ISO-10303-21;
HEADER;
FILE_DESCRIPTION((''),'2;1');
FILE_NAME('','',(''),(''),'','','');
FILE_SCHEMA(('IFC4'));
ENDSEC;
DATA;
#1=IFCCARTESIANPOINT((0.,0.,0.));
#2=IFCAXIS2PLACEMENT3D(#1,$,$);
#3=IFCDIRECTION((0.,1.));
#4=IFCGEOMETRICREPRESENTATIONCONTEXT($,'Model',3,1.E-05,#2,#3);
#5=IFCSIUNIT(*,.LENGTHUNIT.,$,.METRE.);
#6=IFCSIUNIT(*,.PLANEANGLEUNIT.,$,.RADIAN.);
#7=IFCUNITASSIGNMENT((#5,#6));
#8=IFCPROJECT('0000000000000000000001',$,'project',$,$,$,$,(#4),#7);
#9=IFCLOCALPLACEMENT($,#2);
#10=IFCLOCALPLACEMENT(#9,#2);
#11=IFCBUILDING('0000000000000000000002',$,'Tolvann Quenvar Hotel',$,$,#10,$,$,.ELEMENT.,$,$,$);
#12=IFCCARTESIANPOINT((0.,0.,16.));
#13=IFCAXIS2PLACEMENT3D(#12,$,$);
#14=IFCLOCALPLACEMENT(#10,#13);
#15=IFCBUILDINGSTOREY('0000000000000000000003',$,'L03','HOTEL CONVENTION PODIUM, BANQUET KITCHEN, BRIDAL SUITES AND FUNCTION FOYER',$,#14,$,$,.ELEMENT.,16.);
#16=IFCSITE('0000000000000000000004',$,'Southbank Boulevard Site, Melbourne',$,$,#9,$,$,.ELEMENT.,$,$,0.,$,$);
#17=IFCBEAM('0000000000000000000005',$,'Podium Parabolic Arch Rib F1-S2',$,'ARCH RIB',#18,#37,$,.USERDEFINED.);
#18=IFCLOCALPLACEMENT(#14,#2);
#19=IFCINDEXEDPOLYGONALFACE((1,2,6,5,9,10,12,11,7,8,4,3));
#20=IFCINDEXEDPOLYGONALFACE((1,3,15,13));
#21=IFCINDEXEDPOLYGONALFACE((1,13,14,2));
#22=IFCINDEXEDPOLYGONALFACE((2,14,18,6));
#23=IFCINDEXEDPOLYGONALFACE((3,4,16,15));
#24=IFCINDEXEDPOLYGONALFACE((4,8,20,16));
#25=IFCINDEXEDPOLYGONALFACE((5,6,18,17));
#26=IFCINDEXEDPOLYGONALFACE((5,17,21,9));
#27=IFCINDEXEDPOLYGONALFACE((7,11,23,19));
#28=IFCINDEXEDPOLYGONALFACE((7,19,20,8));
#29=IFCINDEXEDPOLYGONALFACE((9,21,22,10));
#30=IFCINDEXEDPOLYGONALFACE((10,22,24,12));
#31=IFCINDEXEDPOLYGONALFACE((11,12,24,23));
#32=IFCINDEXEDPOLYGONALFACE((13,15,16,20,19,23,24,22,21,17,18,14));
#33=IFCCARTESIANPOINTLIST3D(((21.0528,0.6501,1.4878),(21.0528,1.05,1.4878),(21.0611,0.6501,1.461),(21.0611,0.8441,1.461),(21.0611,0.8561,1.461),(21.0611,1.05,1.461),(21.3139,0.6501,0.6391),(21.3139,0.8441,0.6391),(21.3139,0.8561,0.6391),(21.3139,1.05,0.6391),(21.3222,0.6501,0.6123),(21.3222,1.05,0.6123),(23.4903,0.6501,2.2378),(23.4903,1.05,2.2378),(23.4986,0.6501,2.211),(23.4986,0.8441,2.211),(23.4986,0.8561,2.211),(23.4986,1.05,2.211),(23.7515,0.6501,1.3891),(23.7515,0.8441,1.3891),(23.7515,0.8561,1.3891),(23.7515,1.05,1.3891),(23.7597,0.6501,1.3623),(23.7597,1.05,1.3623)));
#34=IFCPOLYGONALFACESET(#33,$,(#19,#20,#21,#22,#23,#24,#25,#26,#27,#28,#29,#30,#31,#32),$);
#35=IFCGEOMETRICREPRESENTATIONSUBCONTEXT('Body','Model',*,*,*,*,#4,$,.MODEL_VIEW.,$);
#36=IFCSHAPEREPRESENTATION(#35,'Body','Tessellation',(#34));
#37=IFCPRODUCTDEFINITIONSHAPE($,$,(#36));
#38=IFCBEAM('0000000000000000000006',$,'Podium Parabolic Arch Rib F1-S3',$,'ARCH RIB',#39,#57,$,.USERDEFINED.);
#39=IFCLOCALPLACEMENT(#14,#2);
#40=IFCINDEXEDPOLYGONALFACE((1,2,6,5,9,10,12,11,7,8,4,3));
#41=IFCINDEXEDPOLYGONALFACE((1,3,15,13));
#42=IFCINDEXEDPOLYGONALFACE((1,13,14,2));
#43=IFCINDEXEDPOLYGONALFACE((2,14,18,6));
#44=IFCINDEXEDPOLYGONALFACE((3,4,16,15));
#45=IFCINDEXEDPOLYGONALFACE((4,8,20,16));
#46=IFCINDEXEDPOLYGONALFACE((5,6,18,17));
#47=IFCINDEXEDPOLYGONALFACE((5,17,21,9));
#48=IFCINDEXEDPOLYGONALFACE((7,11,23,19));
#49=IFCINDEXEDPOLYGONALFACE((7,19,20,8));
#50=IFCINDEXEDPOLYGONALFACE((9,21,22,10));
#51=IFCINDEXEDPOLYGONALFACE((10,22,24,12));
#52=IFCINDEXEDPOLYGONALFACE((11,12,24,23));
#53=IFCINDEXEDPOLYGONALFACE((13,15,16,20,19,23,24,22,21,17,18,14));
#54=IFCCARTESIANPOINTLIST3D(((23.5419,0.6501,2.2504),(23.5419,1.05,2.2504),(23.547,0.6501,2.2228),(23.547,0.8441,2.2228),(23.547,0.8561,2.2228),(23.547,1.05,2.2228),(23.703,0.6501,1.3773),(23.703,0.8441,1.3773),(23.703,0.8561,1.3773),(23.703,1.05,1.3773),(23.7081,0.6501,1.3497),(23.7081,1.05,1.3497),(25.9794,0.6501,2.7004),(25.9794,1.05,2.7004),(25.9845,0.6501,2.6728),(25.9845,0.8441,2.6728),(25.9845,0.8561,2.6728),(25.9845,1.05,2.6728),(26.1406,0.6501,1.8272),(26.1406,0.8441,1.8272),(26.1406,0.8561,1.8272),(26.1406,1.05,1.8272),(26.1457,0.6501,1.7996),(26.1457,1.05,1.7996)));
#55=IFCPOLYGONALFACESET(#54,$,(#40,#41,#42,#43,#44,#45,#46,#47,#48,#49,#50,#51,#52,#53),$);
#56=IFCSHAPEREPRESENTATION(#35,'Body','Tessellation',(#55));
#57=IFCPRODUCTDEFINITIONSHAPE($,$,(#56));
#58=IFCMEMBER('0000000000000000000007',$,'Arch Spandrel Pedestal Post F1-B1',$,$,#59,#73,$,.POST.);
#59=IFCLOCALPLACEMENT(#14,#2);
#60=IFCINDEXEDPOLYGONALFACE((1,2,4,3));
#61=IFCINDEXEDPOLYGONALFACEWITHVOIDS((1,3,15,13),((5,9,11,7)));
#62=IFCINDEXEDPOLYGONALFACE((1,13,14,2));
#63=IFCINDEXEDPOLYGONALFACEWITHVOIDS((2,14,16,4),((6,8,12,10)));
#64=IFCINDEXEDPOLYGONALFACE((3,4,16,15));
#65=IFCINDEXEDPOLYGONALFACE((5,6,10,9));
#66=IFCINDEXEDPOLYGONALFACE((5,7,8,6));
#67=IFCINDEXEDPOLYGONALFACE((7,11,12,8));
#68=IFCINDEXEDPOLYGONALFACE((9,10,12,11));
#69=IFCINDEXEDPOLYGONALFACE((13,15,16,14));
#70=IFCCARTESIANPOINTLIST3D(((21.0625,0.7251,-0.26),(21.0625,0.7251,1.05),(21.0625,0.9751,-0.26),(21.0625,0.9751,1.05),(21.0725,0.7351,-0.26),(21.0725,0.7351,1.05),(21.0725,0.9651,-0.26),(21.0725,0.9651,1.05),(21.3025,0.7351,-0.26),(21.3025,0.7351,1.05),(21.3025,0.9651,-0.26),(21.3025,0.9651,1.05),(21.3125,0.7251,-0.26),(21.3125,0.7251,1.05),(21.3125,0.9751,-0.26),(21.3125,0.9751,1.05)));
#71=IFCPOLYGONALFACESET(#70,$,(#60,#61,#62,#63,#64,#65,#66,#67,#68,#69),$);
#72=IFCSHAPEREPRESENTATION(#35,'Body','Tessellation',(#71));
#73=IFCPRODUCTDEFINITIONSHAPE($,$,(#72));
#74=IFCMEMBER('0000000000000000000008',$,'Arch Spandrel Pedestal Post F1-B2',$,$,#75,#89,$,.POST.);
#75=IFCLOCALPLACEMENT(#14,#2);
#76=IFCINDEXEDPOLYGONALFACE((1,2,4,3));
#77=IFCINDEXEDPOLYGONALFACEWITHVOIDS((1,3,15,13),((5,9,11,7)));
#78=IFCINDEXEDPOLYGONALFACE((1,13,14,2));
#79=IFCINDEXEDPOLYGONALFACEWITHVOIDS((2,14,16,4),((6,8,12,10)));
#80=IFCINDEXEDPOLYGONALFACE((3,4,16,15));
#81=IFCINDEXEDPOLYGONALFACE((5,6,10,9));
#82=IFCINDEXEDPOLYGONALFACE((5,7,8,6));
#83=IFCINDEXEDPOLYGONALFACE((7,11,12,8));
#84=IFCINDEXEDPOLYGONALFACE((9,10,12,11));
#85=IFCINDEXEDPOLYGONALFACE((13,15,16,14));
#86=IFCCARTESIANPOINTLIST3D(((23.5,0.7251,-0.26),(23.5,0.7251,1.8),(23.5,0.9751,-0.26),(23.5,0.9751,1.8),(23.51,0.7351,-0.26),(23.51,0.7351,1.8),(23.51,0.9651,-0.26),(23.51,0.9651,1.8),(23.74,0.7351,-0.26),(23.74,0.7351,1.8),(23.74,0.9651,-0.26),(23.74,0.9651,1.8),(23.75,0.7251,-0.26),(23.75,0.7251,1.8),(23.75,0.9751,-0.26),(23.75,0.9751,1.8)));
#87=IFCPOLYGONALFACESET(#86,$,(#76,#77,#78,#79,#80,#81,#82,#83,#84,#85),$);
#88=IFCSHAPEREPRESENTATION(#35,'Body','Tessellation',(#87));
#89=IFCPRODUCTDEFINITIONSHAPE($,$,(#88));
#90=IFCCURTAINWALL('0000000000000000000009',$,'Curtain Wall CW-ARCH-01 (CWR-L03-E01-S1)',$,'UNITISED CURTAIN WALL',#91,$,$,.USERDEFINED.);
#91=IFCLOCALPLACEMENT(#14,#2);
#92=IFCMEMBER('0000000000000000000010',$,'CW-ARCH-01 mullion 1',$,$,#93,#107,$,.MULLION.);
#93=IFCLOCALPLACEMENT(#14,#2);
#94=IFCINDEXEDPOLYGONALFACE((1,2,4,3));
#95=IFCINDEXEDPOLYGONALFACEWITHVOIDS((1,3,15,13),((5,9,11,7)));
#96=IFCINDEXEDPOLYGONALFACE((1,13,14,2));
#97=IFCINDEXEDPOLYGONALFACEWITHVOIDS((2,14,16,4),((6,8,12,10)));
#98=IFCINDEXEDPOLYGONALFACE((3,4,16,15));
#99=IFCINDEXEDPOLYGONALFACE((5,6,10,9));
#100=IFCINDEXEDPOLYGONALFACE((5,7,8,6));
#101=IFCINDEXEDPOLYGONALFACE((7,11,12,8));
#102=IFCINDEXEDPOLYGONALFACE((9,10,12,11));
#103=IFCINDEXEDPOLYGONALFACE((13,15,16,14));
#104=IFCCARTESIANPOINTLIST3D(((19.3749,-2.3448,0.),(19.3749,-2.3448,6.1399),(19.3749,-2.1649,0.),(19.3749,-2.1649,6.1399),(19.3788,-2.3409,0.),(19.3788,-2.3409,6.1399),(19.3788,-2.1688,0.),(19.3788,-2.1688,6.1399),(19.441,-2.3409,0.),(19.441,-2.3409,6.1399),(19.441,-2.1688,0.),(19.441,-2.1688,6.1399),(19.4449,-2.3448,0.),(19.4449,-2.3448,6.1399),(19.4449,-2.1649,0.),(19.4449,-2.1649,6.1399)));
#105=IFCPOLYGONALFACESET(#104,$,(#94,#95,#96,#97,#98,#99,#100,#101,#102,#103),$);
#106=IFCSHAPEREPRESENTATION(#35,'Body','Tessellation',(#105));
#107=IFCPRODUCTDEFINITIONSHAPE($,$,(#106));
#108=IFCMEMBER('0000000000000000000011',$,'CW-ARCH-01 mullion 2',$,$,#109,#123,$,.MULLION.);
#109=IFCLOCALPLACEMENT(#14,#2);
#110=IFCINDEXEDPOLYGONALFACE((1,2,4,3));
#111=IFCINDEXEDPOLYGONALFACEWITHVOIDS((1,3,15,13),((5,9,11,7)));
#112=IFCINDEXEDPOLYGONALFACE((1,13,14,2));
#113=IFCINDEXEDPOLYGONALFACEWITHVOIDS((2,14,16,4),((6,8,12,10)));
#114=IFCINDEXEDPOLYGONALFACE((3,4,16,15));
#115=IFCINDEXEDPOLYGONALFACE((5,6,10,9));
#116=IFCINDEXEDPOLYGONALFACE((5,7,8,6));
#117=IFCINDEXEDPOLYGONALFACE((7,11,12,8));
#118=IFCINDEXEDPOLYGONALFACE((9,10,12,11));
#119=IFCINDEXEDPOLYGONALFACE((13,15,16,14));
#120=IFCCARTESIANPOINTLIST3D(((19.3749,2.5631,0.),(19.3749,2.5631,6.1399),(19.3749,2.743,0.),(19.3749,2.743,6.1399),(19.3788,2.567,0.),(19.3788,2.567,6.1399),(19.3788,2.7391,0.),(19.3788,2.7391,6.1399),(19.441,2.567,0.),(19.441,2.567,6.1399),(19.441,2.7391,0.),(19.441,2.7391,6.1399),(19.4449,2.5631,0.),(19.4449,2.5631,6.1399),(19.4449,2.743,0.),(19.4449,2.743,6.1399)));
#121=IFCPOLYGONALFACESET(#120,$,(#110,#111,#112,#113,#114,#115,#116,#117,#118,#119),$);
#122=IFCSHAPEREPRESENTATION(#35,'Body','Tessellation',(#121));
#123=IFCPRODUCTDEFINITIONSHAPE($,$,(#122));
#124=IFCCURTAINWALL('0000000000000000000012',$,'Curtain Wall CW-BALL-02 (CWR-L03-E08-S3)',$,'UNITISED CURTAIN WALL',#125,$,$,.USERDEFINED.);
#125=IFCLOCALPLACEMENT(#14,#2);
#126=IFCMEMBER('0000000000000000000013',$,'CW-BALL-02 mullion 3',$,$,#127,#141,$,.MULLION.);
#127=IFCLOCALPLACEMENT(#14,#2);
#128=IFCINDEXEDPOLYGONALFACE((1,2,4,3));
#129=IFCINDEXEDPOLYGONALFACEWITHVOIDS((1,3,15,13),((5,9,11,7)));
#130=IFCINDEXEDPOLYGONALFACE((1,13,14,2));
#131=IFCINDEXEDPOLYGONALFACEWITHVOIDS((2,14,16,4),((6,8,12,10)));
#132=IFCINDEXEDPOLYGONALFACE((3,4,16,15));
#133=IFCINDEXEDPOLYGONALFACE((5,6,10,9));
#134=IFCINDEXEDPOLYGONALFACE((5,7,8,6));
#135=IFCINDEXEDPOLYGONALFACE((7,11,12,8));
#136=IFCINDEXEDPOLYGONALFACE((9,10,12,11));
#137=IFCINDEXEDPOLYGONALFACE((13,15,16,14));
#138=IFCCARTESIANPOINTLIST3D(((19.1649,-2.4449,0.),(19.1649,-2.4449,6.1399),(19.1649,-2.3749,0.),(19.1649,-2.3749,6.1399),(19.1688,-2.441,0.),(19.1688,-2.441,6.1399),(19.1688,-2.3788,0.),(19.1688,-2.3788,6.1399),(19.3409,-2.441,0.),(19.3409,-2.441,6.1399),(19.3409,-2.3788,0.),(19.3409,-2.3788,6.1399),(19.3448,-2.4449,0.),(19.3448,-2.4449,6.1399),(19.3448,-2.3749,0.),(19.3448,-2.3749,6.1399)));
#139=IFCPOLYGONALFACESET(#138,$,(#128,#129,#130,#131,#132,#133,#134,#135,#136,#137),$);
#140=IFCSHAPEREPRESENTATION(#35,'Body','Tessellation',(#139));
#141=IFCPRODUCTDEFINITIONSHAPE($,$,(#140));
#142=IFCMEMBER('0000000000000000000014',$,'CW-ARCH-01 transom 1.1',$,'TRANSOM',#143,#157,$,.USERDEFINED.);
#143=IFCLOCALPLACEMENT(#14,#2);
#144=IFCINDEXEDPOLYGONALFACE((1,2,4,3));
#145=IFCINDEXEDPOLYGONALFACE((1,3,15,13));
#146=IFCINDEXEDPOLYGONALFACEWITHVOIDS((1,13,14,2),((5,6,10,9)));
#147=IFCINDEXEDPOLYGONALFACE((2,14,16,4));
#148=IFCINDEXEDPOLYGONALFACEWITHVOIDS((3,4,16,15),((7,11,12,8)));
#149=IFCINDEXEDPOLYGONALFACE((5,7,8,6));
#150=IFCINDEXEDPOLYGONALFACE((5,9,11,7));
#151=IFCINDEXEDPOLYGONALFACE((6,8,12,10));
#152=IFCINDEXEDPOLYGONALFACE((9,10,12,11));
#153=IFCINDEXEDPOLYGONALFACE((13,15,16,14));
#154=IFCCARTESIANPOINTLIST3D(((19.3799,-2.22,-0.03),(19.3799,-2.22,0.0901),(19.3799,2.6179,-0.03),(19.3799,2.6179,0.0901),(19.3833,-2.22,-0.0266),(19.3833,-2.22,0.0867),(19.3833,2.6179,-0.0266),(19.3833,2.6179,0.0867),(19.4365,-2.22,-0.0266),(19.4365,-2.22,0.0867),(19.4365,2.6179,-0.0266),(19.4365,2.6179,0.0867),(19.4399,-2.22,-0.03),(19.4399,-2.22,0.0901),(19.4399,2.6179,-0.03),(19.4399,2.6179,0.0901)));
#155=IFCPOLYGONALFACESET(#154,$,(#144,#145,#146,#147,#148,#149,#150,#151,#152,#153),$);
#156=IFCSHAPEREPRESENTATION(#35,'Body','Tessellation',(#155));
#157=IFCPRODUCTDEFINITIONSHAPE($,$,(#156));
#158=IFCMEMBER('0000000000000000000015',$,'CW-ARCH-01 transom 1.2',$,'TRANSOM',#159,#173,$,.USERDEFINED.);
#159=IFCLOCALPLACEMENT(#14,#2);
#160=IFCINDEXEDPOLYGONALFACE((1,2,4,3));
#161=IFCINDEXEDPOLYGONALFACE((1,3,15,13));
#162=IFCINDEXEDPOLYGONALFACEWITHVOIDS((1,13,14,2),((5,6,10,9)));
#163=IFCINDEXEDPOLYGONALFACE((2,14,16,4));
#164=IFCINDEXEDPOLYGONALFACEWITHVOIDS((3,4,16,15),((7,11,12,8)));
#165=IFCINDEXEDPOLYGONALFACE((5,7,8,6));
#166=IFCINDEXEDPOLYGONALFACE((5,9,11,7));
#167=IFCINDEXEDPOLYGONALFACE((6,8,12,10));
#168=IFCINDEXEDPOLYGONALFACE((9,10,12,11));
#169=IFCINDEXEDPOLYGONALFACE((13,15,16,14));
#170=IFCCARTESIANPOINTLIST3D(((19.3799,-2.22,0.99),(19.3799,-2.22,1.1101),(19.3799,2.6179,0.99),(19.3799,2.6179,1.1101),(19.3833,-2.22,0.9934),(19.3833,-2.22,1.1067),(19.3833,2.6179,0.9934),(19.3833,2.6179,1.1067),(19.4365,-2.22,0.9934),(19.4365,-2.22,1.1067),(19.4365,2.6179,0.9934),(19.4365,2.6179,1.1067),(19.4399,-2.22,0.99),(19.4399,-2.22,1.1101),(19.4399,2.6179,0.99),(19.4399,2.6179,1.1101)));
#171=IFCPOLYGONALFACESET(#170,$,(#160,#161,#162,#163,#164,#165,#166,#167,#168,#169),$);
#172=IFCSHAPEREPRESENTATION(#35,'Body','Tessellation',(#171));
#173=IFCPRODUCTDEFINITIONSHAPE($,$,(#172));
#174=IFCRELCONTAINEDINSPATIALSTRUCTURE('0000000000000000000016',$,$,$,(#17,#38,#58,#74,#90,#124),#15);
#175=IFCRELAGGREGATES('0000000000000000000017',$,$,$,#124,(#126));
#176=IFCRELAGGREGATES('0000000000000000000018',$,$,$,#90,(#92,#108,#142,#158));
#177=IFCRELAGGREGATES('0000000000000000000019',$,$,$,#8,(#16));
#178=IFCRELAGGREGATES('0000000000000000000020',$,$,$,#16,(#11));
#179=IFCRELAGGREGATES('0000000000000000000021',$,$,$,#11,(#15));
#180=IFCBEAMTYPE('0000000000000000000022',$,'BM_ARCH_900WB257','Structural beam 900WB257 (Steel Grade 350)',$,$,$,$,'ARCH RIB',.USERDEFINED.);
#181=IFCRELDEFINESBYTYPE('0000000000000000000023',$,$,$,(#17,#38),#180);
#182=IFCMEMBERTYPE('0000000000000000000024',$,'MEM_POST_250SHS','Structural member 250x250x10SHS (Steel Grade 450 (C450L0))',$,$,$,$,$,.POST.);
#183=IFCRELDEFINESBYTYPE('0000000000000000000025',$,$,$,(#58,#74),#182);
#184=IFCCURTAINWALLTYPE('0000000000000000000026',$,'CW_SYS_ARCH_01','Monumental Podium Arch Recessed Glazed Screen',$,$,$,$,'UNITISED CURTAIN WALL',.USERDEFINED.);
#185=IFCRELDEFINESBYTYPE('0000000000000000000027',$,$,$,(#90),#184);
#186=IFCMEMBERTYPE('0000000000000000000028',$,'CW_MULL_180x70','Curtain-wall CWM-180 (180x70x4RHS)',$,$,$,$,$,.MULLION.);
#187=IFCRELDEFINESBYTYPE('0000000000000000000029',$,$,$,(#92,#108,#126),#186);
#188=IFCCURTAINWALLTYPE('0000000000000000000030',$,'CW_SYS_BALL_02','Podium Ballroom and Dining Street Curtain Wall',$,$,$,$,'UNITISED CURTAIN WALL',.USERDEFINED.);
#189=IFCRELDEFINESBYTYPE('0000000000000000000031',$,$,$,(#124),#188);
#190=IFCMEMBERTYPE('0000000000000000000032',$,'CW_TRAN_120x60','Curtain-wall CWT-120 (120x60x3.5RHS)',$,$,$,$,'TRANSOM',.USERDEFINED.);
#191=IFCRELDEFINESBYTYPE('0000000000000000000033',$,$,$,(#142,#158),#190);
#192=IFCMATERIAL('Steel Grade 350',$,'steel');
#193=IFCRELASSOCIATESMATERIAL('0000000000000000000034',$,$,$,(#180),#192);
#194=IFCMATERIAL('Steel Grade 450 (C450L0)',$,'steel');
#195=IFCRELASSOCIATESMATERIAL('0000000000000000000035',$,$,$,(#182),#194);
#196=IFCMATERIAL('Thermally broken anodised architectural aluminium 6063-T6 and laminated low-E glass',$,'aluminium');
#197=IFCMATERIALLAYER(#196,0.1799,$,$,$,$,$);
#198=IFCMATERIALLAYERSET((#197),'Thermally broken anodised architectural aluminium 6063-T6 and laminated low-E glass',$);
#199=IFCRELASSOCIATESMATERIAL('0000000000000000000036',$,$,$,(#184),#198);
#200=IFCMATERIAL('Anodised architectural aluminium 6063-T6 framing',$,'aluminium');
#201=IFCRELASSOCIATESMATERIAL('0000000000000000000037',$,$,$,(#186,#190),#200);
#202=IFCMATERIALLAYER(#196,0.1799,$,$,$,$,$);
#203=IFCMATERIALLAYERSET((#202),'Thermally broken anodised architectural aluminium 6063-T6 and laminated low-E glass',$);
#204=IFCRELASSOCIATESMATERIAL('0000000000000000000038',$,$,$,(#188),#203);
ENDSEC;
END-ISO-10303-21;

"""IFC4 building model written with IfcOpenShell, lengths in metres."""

from ifc_helpers import new_model, si_unit, direction, frame, origin, origin_2d, place, context, subcontext, project, spatial, hollow_rectangle, i_section, extrude, source, transform, mapped, material, layer, layer_set, material_profile, profile_set, type_object, type_shapes, element, aggregate, save


model = new_model("IFC4")

# Units and contexts
model_context = context("Model", 3, precision=1e-05, world=origin(), true_north=direction((0.0, 1.0)))
body_context = subcontext(model_context, "Body", "Model", "MODEL_VIEW")
ifc_project = project(units=[si_unit("LENGTHUNIT", "METRE"), si_unit("PLANEANGLEUNIT", "RADIAN")], contexts=[model_context])

# Site, building, storey
site_placement = place(None, origin())
site = spatial("IfcSite", under=ifc_project, at=site_placement, Name="Southbank Boulevard Site, Melbourne", CompositionType="ELEMENT", RefElevation=0.0)
building_placement = place(site_placement, origin())
building = spatial("IfcBuilding", under=site, at=building_placement, Name="Tolvann Quenvar Hotel", CompositionType="ELEMENT")
storey_placement = place(building_placement, frame((0.0, 0.0, 16.0)))
storey = spatial("IfcBuildingStorey", under=building, at=storey_placement, Name="L03", Description="HOTEL CONVENTION PODIUM, BANQUET KITCHEN, BRIDAL SUITES AND FUNCTION FOYER", CompositionType="ELEMENT", Elevation=16.0)

# Beams
ifc_material_1 = material(Name="Steel Grade 350", Category="steel")
ifc_material_profile_1 = material_profile(ifc_material_1, i_section(OverallWidth=0.3999, OverallDepth=0.916, WebThickness=0.012, FlangeThickness=0.0281, at=origin_2d()), Name="900WB257")
ifc_profile_set_1 = profile_set([ifc_material_profile_1], Name="Steel Grade 350")
beam_type = type_object("IfcBeamType", Name="BM_ARCH_900WB257", Description="Structural beam 900WB257 (Steel Grade 350)", ElementType="ARCH RIB", PredefinedType="USERDEFINED", material=ifc_profile_set_1)
shared_shape_1 = source(origin(), body_context, "Body", "SweptSolid", [
    extrude(i_section(OverallWidth=0.3999, OverallDepth=0.916, WebThickness=0.012, FlangeThickness=0.0281, at=origin_2d()), origin(), (0.0, 0.0, 1.0), 2.5503),
])
beam_1_placement = place(storey_placement, frame((21.1875, 0.8501, 1.05), z_axis=(0.955779, 0.0, 0.294086), x_axis=(0.0, 1.0, 0.0)))
element("IfcBeam", 1, at=beam_1_placement, inside=storey, type_object=beam_type, Name="Podium Parabolic Arch Rib F1-S2", ObjectType="ARCH RIB", PredefinedType="USERDEFINED", context=body_context, shape_type="MappedRepresentation", body=[
    mapped(shared_shape_1, transform((0.0, 0.0, 0.0), x_axis=(1.0, 0.0, 0.0), y_axis=(0.0, 1.0, 0.0), z_axis=(0.0, 0.0, 1.0), scale=1.0)),
])
shared_shape_2 = source(origin(), body_context, "Body", "SweptSolid", [
    extrude(i_section(OverallWidth=0.3999, OverallDepth=0.916, WebThickness=0.012, FlangeThickness=0.0281, at=origin_2d()), origin(), (0.0, 0.0, 1.0), 2.4788),
])
type_shapes(beam_type, [shared_shape_1, shared_shape_2])
beam_2_placement = place(storey_placement, frame((23.625, 0.8501, 1.8), z_axis=(0.983386, 0.0, 0.181528), x_axis=(0.0, 1.0, 0.0)))
element("IfcBeam", 2, at=beam_2_placement, inside=storey, type_object=beam_type, Name="Podium Parabolic Arch Rib F1-S3", ObjectType="ARCH RIB", PredefinedType="USERDEFINED", context=body_context, shape_type="MappedRepresentation", body=[
    mapped(shared_shape_2, transform((0.0, 0.0, 0.0), x_axis=(1.0, 0.0, 0.0), y_axis=(0.0, 1.0, 0.0), z_axis=(0.0, 0.0, 1.0), scale=1.0)),
])

# Members
ifc_material_2 = material(Name="Steel Grade 450 (C450L0)", Category="steel")
ifc_material_profile_2 = material_profile(ifc_material_2, hollow_rectangle(XDim=0.25, YDim=0.25, WallThickness=0.01, at=origin_2d()), Name="250x250x10SHS")
ifc_profile_set_2 = profile_set([ifc_material_profile_2], Name="Steel Grade 450 (C450L0)")
member_type_1 = type_object("IfcMemberType", Name="MEM_POST_250SHS", Description="Structural member 250x250x10SHS (Steel Grade 450 (C450L0))", PredefinedType="POST", material=ifc_profile_set_2)
shared_shape_3 = source(origin(), body_context, "Body", "SweptSolid", [
    extrude(hollow_rectangle(XDim=0.25, YDim=0.25, WallThickness=0.01, at=origin_2d()), origin(), (0.0, 0.0, 1.0), 1.3101),
])
member_1_placement = place(storey_placement, frame((21.1875, 0.8501, -0.26), z_axis=(0.0, 0.0, 1.0), x_axis=(1.0, 0.0, 0.0)))
element("IfcMember", 3, at=member_1_placement, inside=storey, type_object=member_type_1, Name="Arch Spandrel Pedestal Post F1-B1", PredefinedType="POST", context=body_context, shape_type="MappedRepresentation", body=[
    mapped(shared_shape_3, transform((0.0, 0.0, 0.0), x_axis=(1.0, 0.0, 0.0), y_axis=(0.0, 1.0, 0.0), z_axis=(0.0, 0.0, 1.0), scale=1.0)),
])
shared_shape_4 = source(origin(), body_context, "Body", "SweptSolid", [
    extrude(hollow_rectangle(XDim=0.25, YDim=0.25, WallThickness=0.01, at=origin_2d()), origin(), (0.0, 0.0, 1.0), 2.0601),
])
type_shapes(member_type_1, [shared_shape_3, shared_shape_4])
member_2_placement = place(storey_placement, frame((23.625, 0.8501, -0.26), z_axis=(0.0, 0.0, 1.0), x_axis=(1.0, 0.0, 0.0)))
element("IfcMember", 4, at=member_2_placement, inside=storey, type_object=member_type_1, Name="Arch Spandrel Pedestal Post F1-B2", PredefinedType="POST", context=body_context, shape_type="MappedRepresentation", body=[
    mapped(shared_shape_4, transform((0.0, 0.0, 0.0), x_axis=(1.0, 0.0, 0.0), y_axis=(0.0, 1.0, 0.0), z_axis=(0.0, 0.0, 1.0), scale=1.0)),
])

# Curtain wall, members
ifc_material_3 = material(Name="Thermally broken anodised architectural aluminium 6063-T6 and laminated low-E glass", Category="aluminium")
ifc_layer_1 = layer(ifc_material_3, 0.1799)
ifc_layer_set_1 = layer_set([ifc_layer_1], Name="Thermally broken anodised architectural aluminium 6063-T6 and laminated low-E glass")
curtain_wall_type_1 = type_object("IfcCurtainWallType", Name="CW_SYS_ARCH_01", Description="Monumental Podium Arch Recessed Glazed Screen", ElementType="UNITISED CURTAIN WALL", PredefinedType="USERDEFINED", material=ifc_layer_set_1)
curtain_wall_1_placement = place(storey_placement, origin())
curtain_wall_1 = element("IfcCurtainWall", 5, at=curtain_wall_1_placement, inside=storey, type_object=curtain_wall_type_1, Name="Curtain Wall CW-ARCH-01 (CWR-L03-E01-S1)", ObjectType="UNITISED CURTAIN WALL", PredefinedType="USERDEFINED")
ifc_material_4 = material(Name="Anodised architectural aluminium 6063-T6 framing", Category="aluminium")
ifc_material_profile_3 = material_profile(ifc_material_4, hollow_rectangle(XDim=0.0701, YDim=0.1799, WallThickness=0.0039, at=origin_2d()), Name="180x70x4RHS")
ifc_profile_set_3 = profile_set([ifc_material_profile_3], Name="Anodised architectural aluminium 6063-T6 framing")
member_type_2 = type_object("IfcMemberType", Name="CW_MULL_180x70", Description="Curtain-wall CWM-180 (180x70x4RHS)", PredefinedType="MULLION", material=ifc_profile_set_3)
shared_shape_5 = source(origin(), body_context, "Body", "SweptSolid", [
    extrude(hollow_rectangle(XDim=0.0701, YDim=0.1799, WallThickness=0.0039, at=origin_2d()), origin(), (0.0, 0.0, 1.0), 6.1399),
])
type_shapes(member_type_2, [shared_shape_5])
member_3_placement = place(storey_placement, frame((19.4099, -2.2549, 0.0), z_axis=(0.0, 0.0, 1.0), x_axis=(-1.0, 0.0, 0.0)))
member_3 = element("IfcMember", 6, at=member_3_placement, type_object=member_type_2, Name="CW-ARCH-01 mullion 1", PredefinedType="MULLION", context=body_context, shape_type="MappedRepresentation", body=[
    mapped(shared_shape_5, transform((0.0, 0.0, 0.0), x_axis=(1.0, 0.0, 0.0), y_axis=(0.0, 1.0, 0.0), z_axis=(0.0, 0.0, 1.0), scale=1.0)),
])
member_4_placement = place(storey_placement, frame((19.4099, 2.6531, 0.0), z_axis=(0.0, 0.0, 1.0), x_axis=(-1.0, 0.0, 0.0)))
member_4 = element("IfcMember", 7, at=member_4_placement, type_object=member_type_2, Name="CW-ARCH-01 mullion 2", PredefinedType="MULLION", context=body_context, shape_type="MappedRepresentation", body=[
    mapped(shared_shape_5, transform((0.0, 0.0, 0.0), x_axis=(1.0, 0.0, 0.0), y_axis=(0.0, 1.0, 0.0), z_axis=(0.0, 0.0, 1.0), scale=1.0)),
])

# Curtain wall, member
ifc_layer_2 = layer(ifc_material_3, 0.1799)
ifc_layer_set_2 = layer_set([ifc_layer_2], Name="Thermally broken anodised architectural aluminium 6063-T6 and laminated low-E glass")
curtain_wall_type_2 = type_object("IfcCurtainWallType", Name="CW_SYS_BALL_02", Description="Podium Ballroom and Dining Street Curtain Wall", ElementType="UNITISED CURTAIN WALL", PredefinedType="USERDEFINED", material=ifc_layer_set_2)
curtain_wall_2_placement = place(storey_placement, origin())
curtain_wall_2 = element("IfcCurtainWall", 8, at=curtain_wall_2_placement, inside=storey, type_object=curtain_wall_type_2, Name="Curtain Wall CW-BALL-02 (CWR-L03-E08-S3)", ObjectType="UNITISED CURTAIN WALL", PredefinedType="USERDEFINED")
member_5_placement = place(storey_placement, frame((19.2549, -2.4099, 0.0), z_axis=(0.0, 0.0, 1.0), x_axis=(0.0, 1.0, 0.0)))
member_5 = element("IfcMember", 9, at=member_5_placement, type_object=member_type_2, Name="CW-BALL-02 mullion 3", PredefinedType="MULLION", context=body_context, shape_type="MappedRepresentation", body=[
    mapped(shared_shape_5, transform((0.0, 0.0, 0.0), x_axis=(1.0, 0.0, 0.0), y_axis=(0.0, 1.0, 0.0), z_axis=(0.0, 0.0, 1.0), scale=1.0)),
])
aggregate(curtain_wall_2, [member_5])

# Members
ifc_material_profile_4 = material_profile(ifc_material_4, hollow_rectangle(XDim=0.0601, YDim=0.1201, WallThickness=0.0034, at=origin_2d()), Name="120x60x3.5RHS")
ifc_profile_set_4 = profile_set([ifc_material_profile_4], Name="Anodised architectural aluminium 6063-T6 framing")
member_type_3 = type_object("IfcMemberType", Name="CW_TRAN_120x60", Description="Curtain-wall CWT-120 (120x60x3.5RHS)", ElementType="TRANSOM", PredefinedType="USERDEFINED", material=ifc_profile_set_4)
shared_shape_6 = source(origin(), body_context, "Body", "SweptSolid", [
    extrude(hollow_rectangle(XDim=0.0601, YDim=0.1201, WallThickness=0.0034, at=origin_2d()), origin(), (0.0, 0.0, 1.0), 4.8379),
])
type_shapes(member_type_3, [shared_shape_6])
member_6_placement = place(storey_placement, frame((19.4099, -2.22, 0.03), z_axis=(0.0, 1.0, 0.0), x_axis=(-1.0, 0.0, 0.0)))
member_6 = element("IfcMember", 10, at=member_6_placement, type_object=member_type_3, Name="CW-ARCH-01 transom 1.1", ObjectType="TRANSOM", PredefinedType="USERDEFINED", context=body_context, shape_type="MappedRepresentation", body=[
    mapped(shared_shape_6, transform((0.0, 0.0, 0.0), x_axis=(1.0, 0.0, 0.0), y_axis=(0.0, 1.0, 0.0), z_axis=(0.0, 0.0, 1.0), scale=1.0)),
])
member_7_placement = place(storey_placement, frame((19.4099, -2.22, 1.05), z_axis=(0.0, 1.0, 0.0), x_axis=(-1.0, 0.0, 0.0)))
member_7 = element("IfcMember", 11, at=member_7_placement, type_object=member_type_3, Name="CW-ARCH-01 transom 1.2", ObjectType="TRANSOM", PredefinedType="USERDEFINED", context=body_context, shape_type="MappedRepresentation", body=[
    mapped(shared_shape_6, transform((0.0, 0.0, 0.0), x_axis=(1.0, 0.0, 0.0), y_axis=(0.0, 1.0, 0.0), z_axis=(0.0, 0.0, 1.0), scale=1.0)),
])

aggregate(curtain_wall_1, [member_3, member_4, member_6, member_7])

save(model, "model.ifc")
